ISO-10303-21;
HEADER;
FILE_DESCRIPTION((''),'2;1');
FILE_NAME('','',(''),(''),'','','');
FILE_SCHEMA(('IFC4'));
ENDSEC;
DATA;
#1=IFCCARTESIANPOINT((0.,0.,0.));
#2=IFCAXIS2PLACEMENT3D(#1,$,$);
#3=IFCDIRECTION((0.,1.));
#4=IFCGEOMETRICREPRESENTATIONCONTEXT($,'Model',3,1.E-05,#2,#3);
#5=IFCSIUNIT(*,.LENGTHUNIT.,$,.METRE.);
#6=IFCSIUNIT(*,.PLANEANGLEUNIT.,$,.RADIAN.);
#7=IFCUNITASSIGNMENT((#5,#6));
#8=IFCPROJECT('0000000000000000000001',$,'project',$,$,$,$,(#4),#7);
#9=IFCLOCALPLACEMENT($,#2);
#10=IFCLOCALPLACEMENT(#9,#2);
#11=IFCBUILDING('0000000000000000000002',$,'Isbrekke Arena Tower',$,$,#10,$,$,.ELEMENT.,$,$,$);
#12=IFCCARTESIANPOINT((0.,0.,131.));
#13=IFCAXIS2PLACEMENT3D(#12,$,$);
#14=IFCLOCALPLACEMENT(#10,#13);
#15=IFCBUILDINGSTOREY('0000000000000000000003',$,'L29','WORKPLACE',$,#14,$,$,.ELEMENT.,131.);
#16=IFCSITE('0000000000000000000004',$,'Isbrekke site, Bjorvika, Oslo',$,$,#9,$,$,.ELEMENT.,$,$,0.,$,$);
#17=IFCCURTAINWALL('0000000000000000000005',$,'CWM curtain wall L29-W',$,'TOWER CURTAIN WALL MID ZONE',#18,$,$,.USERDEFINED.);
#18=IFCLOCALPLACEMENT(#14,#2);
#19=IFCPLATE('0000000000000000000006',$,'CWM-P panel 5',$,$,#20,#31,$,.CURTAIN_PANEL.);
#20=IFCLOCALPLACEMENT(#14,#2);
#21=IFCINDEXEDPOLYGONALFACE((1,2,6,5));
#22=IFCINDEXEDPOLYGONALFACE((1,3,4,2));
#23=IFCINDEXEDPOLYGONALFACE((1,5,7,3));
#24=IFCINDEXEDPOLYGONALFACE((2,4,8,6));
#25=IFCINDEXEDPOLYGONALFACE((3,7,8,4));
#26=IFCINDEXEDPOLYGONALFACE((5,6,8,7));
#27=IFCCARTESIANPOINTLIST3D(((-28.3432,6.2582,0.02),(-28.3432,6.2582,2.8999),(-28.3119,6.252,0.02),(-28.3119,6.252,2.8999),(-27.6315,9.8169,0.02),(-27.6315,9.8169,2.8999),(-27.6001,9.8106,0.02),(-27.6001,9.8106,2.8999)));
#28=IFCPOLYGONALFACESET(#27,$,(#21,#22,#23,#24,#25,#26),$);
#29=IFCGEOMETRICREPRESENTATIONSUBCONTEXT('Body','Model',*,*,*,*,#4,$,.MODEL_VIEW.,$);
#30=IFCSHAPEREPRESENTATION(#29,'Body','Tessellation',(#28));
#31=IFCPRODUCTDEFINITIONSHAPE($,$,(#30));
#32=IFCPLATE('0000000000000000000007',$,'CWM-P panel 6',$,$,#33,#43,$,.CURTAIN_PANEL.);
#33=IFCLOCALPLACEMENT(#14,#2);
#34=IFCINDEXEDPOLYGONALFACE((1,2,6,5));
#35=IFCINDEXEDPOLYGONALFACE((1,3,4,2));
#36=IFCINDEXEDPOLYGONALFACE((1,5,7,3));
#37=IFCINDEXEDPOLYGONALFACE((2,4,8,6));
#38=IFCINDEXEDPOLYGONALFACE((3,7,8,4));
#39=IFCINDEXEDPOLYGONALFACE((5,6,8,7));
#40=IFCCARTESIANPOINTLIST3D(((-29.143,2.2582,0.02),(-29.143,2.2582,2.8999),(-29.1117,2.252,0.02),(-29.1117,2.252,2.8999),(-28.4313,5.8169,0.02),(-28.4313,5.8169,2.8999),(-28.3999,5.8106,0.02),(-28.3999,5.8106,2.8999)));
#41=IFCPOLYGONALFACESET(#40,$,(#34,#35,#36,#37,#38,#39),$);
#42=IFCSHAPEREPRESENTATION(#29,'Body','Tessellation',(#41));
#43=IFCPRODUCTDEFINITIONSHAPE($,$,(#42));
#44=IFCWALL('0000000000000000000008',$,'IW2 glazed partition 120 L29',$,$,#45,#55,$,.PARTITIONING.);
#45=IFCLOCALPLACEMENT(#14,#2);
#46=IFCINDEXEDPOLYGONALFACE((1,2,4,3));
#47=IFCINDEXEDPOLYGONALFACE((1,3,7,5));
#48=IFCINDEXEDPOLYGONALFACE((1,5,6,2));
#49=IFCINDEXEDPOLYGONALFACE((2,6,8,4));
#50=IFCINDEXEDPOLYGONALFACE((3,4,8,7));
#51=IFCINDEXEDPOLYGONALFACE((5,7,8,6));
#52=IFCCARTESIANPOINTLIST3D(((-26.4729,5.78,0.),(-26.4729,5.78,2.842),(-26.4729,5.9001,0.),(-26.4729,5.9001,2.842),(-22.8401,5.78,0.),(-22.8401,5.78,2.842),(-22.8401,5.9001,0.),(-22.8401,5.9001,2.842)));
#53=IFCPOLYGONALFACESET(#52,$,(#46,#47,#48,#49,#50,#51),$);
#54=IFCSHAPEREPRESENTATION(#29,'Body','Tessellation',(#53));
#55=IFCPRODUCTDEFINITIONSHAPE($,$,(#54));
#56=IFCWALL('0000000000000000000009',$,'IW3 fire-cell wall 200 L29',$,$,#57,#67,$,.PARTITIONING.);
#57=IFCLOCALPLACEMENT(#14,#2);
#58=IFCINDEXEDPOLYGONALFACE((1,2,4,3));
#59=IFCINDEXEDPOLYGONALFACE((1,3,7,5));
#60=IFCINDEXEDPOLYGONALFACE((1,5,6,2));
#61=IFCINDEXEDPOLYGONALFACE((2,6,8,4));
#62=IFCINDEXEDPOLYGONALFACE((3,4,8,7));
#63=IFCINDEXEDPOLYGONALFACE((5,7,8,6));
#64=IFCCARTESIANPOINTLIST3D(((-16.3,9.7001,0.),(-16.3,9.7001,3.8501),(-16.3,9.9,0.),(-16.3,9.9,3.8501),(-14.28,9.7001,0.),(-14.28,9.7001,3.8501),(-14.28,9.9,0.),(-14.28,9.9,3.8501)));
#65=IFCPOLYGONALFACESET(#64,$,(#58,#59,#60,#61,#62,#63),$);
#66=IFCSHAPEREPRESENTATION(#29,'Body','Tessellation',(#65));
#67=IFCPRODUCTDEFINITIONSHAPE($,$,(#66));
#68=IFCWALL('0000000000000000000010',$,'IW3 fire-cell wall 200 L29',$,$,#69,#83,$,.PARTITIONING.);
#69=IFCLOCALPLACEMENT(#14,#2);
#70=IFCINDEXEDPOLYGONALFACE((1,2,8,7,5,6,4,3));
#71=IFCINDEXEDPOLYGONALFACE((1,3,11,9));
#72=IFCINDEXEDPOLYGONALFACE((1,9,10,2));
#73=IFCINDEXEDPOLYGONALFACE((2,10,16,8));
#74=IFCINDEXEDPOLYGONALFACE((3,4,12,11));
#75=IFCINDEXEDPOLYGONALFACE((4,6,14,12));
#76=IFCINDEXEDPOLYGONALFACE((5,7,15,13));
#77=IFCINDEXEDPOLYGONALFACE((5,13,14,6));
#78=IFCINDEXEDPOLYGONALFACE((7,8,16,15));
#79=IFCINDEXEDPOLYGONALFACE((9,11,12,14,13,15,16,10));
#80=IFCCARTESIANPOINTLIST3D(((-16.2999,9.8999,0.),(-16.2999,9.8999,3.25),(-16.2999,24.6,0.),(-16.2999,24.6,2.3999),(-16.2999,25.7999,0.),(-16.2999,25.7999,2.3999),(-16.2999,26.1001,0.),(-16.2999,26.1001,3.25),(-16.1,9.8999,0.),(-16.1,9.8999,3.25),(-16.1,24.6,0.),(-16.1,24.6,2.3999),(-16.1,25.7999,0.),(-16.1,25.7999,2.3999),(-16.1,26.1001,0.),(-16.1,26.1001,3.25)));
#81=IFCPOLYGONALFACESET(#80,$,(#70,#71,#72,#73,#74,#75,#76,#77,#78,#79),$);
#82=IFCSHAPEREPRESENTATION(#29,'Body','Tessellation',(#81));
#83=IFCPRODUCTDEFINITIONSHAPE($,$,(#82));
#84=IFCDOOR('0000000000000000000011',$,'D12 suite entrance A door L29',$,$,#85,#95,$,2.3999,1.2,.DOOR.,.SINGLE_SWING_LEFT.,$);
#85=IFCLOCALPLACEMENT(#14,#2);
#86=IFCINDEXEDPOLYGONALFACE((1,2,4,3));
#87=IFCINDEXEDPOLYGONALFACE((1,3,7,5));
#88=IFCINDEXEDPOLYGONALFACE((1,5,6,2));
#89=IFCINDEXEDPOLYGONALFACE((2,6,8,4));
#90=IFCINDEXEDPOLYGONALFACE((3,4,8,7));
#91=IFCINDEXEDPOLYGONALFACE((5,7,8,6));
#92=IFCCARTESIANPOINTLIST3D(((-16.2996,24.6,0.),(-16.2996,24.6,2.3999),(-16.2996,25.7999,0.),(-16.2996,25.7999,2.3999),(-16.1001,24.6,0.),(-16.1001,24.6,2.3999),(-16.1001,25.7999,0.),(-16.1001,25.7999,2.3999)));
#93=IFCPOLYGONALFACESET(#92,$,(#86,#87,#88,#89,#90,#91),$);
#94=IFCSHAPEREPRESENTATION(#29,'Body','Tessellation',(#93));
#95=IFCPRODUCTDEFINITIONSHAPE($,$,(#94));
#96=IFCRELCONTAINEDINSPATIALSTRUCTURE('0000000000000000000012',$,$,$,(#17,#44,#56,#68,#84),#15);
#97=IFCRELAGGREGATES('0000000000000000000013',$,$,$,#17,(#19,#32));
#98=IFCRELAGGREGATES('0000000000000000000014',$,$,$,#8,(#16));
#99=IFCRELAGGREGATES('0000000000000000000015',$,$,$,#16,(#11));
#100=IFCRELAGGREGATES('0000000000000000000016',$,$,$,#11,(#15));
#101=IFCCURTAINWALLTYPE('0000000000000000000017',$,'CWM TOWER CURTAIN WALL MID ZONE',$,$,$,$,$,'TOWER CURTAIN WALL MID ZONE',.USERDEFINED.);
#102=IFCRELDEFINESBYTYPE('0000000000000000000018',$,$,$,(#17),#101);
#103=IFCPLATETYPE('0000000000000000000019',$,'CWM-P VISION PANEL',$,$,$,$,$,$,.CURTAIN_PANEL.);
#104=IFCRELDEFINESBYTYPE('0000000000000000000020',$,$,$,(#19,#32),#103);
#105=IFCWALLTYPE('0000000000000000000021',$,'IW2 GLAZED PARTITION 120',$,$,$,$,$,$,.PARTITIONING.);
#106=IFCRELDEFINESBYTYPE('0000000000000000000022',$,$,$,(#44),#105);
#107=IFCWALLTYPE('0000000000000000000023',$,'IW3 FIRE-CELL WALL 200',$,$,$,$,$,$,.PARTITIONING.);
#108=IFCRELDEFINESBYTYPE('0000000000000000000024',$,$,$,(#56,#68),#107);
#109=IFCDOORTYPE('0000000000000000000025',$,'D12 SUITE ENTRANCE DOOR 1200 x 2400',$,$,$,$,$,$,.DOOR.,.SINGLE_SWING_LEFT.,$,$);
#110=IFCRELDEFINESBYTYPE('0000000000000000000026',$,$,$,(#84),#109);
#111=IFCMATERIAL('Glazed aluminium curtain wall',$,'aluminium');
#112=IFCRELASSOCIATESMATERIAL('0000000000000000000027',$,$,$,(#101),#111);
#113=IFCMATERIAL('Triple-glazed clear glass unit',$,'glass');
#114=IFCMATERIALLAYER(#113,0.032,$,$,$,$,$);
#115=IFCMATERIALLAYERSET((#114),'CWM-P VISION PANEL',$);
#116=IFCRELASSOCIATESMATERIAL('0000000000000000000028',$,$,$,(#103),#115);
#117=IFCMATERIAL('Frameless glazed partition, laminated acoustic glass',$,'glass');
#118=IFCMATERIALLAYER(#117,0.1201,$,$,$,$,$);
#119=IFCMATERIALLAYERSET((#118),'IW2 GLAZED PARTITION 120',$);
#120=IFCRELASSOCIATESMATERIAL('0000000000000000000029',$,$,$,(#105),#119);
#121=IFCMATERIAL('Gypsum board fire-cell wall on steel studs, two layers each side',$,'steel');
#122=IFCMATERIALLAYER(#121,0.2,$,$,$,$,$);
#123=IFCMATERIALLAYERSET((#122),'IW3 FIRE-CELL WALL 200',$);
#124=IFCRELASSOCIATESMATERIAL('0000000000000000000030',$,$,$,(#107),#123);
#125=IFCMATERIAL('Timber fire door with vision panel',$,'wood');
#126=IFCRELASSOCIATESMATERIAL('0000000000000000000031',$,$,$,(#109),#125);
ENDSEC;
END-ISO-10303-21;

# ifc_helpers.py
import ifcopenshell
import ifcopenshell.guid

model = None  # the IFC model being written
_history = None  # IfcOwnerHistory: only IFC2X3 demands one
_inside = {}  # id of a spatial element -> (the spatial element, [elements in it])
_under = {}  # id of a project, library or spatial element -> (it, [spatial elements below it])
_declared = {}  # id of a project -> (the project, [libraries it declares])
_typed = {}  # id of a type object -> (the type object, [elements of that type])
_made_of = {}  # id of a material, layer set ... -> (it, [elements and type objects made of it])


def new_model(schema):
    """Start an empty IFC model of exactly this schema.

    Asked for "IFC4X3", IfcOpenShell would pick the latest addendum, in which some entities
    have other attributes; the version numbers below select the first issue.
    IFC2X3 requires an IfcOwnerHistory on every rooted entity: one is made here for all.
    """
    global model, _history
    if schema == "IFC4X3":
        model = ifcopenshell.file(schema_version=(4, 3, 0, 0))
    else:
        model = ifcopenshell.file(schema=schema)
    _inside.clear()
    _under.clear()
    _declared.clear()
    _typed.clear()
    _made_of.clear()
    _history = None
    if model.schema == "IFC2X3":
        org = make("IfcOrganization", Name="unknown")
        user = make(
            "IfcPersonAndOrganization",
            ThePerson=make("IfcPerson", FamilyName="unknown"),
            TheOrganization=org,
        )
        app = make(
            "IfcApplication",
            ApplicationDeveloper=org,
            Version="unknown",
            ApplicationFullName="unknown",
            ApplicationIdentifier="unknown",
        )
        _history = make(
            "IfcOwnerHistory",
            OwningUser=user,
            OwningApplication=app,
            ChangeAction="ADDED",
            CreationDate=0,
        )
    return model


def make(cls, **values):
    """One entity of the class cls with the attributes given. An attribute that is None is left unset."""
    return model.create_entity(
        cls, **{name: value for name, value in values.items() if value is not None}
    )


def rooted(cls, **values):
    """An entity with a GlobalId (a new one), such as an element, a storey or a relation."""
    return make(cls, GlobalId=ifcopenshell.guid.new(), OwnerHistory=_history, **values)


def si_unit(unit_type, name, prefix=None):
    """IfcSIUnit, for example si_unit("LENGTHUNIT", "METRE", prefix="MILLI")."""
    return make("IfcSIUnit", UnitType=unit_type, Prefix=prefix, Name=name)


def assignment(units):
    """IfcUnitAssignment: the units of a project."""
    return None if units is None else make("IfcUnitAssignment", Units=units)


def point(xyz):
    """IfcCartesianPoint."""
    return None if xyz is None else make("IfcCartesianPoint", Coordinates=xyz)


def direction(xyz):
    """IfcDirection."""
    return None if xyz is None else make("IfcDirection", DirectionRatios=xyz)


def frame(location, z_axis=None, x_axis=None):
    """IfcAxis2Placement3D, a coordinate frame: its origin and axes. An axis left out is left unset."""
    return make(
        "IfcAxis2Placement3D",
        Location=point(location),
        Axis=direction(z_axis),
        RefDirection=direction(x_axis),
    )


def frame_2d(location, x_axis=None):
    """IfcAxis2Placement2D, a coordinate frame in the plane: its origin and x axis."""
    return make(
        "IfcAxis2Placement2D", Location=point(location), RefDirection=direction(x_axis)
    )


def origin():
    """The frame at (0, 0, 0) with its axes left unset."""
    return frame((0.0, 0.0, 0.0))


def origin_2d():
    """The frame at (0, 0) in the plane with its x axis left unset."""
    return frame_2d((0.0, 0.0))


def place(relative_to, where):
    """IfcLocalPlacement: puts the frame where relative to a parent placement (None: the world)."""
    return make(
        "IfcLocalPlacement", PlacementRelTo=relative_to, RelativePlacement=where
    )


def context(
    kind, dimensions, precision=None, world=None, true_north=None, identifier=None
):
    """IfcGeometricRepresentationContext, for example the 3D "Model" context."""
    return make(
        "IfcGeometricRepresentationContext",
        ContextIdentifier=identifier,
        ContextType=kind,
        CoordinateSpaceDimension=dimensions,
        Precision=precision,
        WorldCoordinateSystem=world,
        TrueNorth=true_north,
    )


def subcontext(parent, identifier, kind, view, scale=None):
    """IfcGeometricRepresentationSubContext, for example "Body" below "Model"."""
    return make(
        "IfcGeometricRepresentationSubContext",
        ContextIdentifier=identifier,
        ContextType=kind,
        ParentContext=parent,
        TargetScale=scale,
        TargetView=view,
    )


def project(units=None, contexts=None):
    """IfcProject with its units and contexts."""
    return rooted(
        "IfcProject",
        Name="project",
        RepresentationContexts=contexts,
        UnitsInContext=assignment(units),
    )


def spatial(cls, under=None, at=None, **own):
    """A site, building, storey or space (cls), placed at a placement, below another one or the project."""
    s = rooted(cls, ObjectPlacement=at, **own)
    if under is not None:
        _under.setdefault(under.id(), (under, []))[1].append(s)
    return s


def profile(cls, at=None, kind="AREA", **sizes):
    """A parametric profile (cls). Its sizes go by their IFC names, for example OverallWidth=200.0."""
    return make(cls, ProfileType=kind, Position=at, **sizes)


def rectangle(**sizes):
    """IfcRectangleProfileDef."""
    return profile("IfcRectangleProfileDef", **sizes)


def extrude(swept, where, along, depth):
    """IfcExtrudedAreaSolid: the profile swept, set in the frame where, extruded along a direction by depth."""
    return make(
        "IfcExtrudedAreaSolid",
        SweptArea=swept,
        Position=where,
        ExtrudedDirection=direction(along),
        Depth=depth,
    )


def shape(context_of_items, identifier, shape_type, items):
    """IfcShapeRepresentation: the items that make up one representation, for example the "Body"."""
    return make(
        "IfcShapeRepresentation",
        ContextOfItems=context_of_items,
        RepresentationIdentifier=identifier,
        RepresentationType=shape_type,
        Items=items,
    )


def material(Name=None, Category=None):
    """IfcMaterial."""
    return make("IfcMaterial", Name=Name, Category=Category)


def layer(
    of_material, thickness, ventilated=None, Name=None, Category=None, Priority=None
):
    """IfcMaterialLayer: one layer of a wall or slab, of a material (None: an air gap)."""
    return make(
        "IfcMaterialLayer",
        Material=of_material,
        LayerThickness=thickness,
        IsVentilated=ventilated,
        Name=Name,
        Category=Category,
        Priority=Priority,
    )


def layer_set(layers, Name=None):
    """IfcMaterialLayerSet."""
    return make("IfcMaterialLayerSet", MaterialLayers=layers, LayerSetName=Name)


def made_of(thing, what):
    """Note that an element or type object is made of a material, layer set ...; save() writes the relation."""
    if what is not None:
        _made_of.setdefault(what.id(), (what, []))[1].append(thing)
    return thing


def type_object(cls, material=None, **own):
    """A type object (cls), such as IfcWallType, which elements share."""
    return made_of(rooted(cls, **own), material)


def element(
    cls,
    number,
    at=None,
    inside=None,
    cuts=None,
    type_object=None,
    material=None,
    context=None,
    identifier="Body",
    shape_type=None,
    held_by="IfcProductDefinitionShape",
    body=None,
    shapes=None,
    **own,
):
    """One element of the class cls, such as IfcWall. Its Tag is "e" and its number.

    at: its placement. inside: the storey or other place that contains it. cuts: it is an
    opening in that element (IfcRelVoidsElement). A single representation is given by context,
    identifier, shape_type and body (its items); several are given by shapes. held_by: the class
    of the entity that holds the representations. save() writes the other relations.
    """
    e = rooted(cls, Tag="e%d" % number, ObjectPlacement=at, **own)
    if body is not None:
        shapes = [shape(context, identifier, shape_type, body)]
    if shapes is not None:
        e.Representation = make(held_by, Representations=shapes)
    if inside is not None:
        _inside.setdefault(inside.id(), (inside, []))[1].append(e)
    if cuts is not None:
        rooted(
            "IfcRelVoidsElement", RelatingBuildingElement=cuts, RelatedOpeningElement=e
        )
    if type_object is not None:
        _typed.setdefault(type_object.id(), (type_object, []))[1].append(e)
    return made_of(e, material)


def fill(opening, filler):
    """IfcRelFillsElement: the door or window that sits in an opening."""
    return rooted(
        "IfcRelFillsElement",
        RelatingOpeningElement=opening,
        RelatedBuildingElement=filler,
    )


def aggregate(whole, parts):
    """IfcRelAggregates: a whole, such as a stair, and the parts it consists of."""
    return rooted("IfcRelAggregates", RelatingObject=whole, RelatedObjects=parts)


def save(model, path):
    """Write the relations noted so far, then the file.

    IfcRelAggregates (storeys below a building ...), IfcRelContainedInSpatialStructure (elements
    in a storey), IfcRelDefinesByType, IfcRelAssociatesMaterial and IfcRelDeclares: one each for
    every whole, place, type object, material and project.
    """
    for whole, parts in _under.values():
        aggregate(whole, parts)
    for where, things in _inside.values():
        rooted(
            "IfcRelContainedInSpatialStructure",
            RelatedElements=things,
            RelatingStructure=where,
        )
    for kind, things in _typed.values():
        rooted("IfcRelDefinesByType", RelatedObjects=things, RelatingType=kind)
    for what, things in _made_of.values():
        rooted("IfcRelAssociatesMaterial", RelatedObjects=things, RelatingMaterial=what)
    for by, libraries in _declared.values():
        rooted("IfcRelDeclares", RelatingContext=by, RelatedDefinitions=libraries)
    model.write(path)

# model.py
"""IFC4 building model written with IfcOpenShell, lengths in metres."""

from ifc_helpers import new_model, si_unit, direction, frame, frame_2d, origin, origin_2d, place, context, subcontext, project, spatial, rectangle, extrude, material, layer, layer_set, type_object, element, fill, aggregate, save


model = new_model("IFC4")

# Units and contexts
model_context = context("Model", 3, precision=1e-05, world=origin(), true_north=direction((0.0, 1.0)))
body_context = subcontext(model_context, "Body", "Model", "MODEL_VIEW")
ifc_project = project(units=[si_unit("LENGTHUNIT", "METRE"), si_unit("PLANEANGLEUNIT", "RADIAN")], contexts=[model_context])

# Site, building, storey
site_placement = place(None, origin())
site = spatial("IfcSite", under=ifc_project, at=site_placement, Name="Isbrekke site, Bjorvika, Oslo", CompositionType="ELEMENT", RefElevation=0.0)
building_placement = place(site_placement, origin())
building = spatial("IfcBuilding", under=site, at=building_placement, Name="Isbrekke Arena Tower", CompositionType="ELEMENT")
storey_placement = place(building_placement, frame((0.0, 0.0, 131.0)))
storey = spatial("IfcBuildingStorey", under=building, at=storey_placement, Name="L29", Description="WORKPLACE", CompositionType="ELEMENT", Elevation=131.0)

# Curtain wall
ifc_material_1 = material(Name="Glazed aluminium curtain wall", Category="aluminium")
curtain_wall_type = type_object("IfcCurtainWallType", Name="CWM TOWER CURTAIN WALL MID ZONE", ElementType="TOWER CURTAIN WALL MID ZONE", PredefinedType="USERDEFINED", material=ifc_material_1)
curtain_wall_placement = place(storey_placement, origin())
curtain_wall = element("IfcCurtainWall", 1, at=curtain_wall_placement, inside=storey, type_object=curtain_wall_type, Name="CWM curtain wall L29-W", ObjectType="TOWER CURTAIN WALL MID ZONE", PredefinedType="USERDEFINED")

# Plates
ifc_material_2 = material(Name="Triple-glazed clear glass unit", Category="glass")
ifc_layer_1 = layer(ifc_material_2, 0.032)
ifc_layer_set_1 = layer_set([ifc_layer_1], Name="CWM-P VISION PANEL")
plate_type = type_object("IfcPlateType", Name="CWM-P VISION PANEL", PredefinedType="CURTAIN_PANEL", material=ifc_layer_set_1)
plate_1_placement = place(storey_placement, frame((-27.9717, 8.0344, 0.02), z_axis=(0.0, 0.0, 1.0), x_axis=(-0.196116, -0.980581, 0.0)))
plate_1 = element("IfcPlate", 2, at=plate_1_placement, type_object=plate_type, Name="CWM-P panel 5", PredefinedType="CURTAIN_PANEL", context=body_context, shape_type="SweptSolid", body=[
    extrude(rectangle(XDim=3.6292, YDim=0.032, at=origin_2d()), origin(), (0.0, 0.0, 1.0), 2.8799),
])
plate_2_placement = place(storey_placement, frame((-28.7715, 4.0344, 0.02), z_axis=(0.0, 0.0, 1.0), x_axis=(-0.196116, -0.980581, 0.0)))
plate_2 = element("IfcPlate", 3, at=plate_2_placement, type_object=plate_type, Name="CWM-P panel 6", PredefinedType="CURTAIN_PANEL", context=body_context, shape_type="SweptSolid", body=[
    extrude(rectangle(XDim=3.6292, YDim=0.032, at=origin_2d()), origin(), (0.0, 0.0, 1.0), 2.8799),
])
aggregate(curtain_wall, [plate_1, plate_2])

# Walls
ifc_material_3 = material(Name="Frameless glazed partition, laminated acoustic glass", Category="glass")
ifc_layer_2 = layer(ifc_material_3, 0.1201)
ifc_layer_set_2 = layer_set([ifc_layer_2], Name="IW2 GLAZED PARTITION 120")
wall_type_1 = type_object("IfcWallType", Name="IW2 GLAZED PARTITION 120", PredefinedType="PARTITIONING", material=ifc_layer_set_2)
wall_1_placement = place(storey_placement, frame((-26.4729, 5.8401, 0.0), z_axis=(0.0, 0.0, 1.0), x_axis=(1.0, 0.0, 0.0)))
element("IfcWall", 4, at=wall_1_placement, inside=storey, type_object=wall_type_1, Name="IW2 glazed partition 120 L29", PredefinedType="PARTITIONING", context=body_context, shape_type="SweptSolid", body=[
    extrude(rectangle(XDim=3.6328, YDim=0.1201, at=frame_2d((1.8164, 0.0))), origin(), (0.0, 0.0, 1.0), 2.842),
])
ifc_material_4 = material(Name="Gypsum board fire-cell wall on steel studs, two layers each side", Category="steel")
ifc_layer_3 = layer(ifc_material_4, 0.2)
ifc_layer_set_3 = layer_set([ifc_layer_3], Name="IW3 FIRE-CELL WALL 200")
wall_type_2 = type_object("IfcWallType", Name="IW3 FIRE-CELL WALL 200", PredefinedType="PARTITIONING", material=ifc_layer_set_3)
wall_2_placement = place(storey_placement, frame((-16.3, 9.8, 0.0), z_axis=(0.0, 0.0, 1.0), x_axis=(1.0, 0.0, 0.0)))
element("IfcWall", 5, at=wall_2_placement, inside=storey, type_object=wall_type_2, Name="IW3 fire-cell wall 200 L29", PredefinedType="PARTITIONING", context=body_context, shape_type="SweptSolid", body=[
    extrude(rectangle(XDim=2.02, YDim=0.2, at=frame_2d((1.01, 0.0))), origin(), (0.0, 0.0, 1.0), 3.8501),
])

# Wall, opening, door
wall_3_placement = place(storey_placement, frame((-16.2, 9.8999, 0.0), z_axis=(0.0, 0.0, 1.0), x_axis=(0.0, 1.0, 0.0)))
wall_3 = element("IfcWall", 6, at=wall_3_placement, inside=storey, type_object=wall_type_2, Name="IW3 fire-cell wall 200 L29", PredefinedType="PARTITIONING", context=body_context, shape_type="SweptSolid", body=[
    extrude(rectangle(XDim=16.2002, YDim=0.2, at=frame_2d((8.1001, 0.0))), origin(), (0.0, 0.0, 1.0), 3.25),
])
opening_placement = place(wall_3_placement, frame((14.7, 0.0, 0.0)))
opening = element("IfcOpeningElement", 7, at=opening_placement, cuts=wall_3, PredefinedType="OPENING", context=body_context, shape_type="SweptSolid", body=[
    extrude(rectangle(XDim=1.2, YDim=2.3999, at=frame_2d((0.6001, 1.2))), frame((0.0, 0.1147, 0.0), z_axis=(0.0, -1.0, 0.0), x_axis=(1.0, 0.0, 0.0)), (0.0, 0.0, 1.0), 0.2297),
])
ifc_material_5 = material(Name="Timber fire door with vision panel", Category="wood")
door_type = type_object("IfcDoorType", Name="D12 SUITE ENTRANCE DOOR 1200 x 2400", OperationType="SINGLE_SWING_LEFT", PredefinedType="DOOR", material=ifc_material_5)
door_placement = place(opening_placement, origin())
door = element("IfcDoor", 8, at=door_placement, inside=storey, type_object=door_type, Name="D12 suite entrance A door L29", OperationType="SINGLE_SWING_LEFT", OverallHeight=2.3999, OverallWidth=1.2, PredefinedType="DOOR", context=body_context, shape_type="SweptSolid", body=[
    extrude(rectangle(XDim=1.2, YDim=2.3999, at=frame_2d((0.6001, 1.2))), frame((0.0, 0.0996, 0.0), z_axis=(0.0, -1.0, 0.0), x_axis=(1.0, 0.0, 0.0)), (0.0, 0.0, 1.0), 0.1995),
])
fill(opening, door)

save(model, "model.ifc")
